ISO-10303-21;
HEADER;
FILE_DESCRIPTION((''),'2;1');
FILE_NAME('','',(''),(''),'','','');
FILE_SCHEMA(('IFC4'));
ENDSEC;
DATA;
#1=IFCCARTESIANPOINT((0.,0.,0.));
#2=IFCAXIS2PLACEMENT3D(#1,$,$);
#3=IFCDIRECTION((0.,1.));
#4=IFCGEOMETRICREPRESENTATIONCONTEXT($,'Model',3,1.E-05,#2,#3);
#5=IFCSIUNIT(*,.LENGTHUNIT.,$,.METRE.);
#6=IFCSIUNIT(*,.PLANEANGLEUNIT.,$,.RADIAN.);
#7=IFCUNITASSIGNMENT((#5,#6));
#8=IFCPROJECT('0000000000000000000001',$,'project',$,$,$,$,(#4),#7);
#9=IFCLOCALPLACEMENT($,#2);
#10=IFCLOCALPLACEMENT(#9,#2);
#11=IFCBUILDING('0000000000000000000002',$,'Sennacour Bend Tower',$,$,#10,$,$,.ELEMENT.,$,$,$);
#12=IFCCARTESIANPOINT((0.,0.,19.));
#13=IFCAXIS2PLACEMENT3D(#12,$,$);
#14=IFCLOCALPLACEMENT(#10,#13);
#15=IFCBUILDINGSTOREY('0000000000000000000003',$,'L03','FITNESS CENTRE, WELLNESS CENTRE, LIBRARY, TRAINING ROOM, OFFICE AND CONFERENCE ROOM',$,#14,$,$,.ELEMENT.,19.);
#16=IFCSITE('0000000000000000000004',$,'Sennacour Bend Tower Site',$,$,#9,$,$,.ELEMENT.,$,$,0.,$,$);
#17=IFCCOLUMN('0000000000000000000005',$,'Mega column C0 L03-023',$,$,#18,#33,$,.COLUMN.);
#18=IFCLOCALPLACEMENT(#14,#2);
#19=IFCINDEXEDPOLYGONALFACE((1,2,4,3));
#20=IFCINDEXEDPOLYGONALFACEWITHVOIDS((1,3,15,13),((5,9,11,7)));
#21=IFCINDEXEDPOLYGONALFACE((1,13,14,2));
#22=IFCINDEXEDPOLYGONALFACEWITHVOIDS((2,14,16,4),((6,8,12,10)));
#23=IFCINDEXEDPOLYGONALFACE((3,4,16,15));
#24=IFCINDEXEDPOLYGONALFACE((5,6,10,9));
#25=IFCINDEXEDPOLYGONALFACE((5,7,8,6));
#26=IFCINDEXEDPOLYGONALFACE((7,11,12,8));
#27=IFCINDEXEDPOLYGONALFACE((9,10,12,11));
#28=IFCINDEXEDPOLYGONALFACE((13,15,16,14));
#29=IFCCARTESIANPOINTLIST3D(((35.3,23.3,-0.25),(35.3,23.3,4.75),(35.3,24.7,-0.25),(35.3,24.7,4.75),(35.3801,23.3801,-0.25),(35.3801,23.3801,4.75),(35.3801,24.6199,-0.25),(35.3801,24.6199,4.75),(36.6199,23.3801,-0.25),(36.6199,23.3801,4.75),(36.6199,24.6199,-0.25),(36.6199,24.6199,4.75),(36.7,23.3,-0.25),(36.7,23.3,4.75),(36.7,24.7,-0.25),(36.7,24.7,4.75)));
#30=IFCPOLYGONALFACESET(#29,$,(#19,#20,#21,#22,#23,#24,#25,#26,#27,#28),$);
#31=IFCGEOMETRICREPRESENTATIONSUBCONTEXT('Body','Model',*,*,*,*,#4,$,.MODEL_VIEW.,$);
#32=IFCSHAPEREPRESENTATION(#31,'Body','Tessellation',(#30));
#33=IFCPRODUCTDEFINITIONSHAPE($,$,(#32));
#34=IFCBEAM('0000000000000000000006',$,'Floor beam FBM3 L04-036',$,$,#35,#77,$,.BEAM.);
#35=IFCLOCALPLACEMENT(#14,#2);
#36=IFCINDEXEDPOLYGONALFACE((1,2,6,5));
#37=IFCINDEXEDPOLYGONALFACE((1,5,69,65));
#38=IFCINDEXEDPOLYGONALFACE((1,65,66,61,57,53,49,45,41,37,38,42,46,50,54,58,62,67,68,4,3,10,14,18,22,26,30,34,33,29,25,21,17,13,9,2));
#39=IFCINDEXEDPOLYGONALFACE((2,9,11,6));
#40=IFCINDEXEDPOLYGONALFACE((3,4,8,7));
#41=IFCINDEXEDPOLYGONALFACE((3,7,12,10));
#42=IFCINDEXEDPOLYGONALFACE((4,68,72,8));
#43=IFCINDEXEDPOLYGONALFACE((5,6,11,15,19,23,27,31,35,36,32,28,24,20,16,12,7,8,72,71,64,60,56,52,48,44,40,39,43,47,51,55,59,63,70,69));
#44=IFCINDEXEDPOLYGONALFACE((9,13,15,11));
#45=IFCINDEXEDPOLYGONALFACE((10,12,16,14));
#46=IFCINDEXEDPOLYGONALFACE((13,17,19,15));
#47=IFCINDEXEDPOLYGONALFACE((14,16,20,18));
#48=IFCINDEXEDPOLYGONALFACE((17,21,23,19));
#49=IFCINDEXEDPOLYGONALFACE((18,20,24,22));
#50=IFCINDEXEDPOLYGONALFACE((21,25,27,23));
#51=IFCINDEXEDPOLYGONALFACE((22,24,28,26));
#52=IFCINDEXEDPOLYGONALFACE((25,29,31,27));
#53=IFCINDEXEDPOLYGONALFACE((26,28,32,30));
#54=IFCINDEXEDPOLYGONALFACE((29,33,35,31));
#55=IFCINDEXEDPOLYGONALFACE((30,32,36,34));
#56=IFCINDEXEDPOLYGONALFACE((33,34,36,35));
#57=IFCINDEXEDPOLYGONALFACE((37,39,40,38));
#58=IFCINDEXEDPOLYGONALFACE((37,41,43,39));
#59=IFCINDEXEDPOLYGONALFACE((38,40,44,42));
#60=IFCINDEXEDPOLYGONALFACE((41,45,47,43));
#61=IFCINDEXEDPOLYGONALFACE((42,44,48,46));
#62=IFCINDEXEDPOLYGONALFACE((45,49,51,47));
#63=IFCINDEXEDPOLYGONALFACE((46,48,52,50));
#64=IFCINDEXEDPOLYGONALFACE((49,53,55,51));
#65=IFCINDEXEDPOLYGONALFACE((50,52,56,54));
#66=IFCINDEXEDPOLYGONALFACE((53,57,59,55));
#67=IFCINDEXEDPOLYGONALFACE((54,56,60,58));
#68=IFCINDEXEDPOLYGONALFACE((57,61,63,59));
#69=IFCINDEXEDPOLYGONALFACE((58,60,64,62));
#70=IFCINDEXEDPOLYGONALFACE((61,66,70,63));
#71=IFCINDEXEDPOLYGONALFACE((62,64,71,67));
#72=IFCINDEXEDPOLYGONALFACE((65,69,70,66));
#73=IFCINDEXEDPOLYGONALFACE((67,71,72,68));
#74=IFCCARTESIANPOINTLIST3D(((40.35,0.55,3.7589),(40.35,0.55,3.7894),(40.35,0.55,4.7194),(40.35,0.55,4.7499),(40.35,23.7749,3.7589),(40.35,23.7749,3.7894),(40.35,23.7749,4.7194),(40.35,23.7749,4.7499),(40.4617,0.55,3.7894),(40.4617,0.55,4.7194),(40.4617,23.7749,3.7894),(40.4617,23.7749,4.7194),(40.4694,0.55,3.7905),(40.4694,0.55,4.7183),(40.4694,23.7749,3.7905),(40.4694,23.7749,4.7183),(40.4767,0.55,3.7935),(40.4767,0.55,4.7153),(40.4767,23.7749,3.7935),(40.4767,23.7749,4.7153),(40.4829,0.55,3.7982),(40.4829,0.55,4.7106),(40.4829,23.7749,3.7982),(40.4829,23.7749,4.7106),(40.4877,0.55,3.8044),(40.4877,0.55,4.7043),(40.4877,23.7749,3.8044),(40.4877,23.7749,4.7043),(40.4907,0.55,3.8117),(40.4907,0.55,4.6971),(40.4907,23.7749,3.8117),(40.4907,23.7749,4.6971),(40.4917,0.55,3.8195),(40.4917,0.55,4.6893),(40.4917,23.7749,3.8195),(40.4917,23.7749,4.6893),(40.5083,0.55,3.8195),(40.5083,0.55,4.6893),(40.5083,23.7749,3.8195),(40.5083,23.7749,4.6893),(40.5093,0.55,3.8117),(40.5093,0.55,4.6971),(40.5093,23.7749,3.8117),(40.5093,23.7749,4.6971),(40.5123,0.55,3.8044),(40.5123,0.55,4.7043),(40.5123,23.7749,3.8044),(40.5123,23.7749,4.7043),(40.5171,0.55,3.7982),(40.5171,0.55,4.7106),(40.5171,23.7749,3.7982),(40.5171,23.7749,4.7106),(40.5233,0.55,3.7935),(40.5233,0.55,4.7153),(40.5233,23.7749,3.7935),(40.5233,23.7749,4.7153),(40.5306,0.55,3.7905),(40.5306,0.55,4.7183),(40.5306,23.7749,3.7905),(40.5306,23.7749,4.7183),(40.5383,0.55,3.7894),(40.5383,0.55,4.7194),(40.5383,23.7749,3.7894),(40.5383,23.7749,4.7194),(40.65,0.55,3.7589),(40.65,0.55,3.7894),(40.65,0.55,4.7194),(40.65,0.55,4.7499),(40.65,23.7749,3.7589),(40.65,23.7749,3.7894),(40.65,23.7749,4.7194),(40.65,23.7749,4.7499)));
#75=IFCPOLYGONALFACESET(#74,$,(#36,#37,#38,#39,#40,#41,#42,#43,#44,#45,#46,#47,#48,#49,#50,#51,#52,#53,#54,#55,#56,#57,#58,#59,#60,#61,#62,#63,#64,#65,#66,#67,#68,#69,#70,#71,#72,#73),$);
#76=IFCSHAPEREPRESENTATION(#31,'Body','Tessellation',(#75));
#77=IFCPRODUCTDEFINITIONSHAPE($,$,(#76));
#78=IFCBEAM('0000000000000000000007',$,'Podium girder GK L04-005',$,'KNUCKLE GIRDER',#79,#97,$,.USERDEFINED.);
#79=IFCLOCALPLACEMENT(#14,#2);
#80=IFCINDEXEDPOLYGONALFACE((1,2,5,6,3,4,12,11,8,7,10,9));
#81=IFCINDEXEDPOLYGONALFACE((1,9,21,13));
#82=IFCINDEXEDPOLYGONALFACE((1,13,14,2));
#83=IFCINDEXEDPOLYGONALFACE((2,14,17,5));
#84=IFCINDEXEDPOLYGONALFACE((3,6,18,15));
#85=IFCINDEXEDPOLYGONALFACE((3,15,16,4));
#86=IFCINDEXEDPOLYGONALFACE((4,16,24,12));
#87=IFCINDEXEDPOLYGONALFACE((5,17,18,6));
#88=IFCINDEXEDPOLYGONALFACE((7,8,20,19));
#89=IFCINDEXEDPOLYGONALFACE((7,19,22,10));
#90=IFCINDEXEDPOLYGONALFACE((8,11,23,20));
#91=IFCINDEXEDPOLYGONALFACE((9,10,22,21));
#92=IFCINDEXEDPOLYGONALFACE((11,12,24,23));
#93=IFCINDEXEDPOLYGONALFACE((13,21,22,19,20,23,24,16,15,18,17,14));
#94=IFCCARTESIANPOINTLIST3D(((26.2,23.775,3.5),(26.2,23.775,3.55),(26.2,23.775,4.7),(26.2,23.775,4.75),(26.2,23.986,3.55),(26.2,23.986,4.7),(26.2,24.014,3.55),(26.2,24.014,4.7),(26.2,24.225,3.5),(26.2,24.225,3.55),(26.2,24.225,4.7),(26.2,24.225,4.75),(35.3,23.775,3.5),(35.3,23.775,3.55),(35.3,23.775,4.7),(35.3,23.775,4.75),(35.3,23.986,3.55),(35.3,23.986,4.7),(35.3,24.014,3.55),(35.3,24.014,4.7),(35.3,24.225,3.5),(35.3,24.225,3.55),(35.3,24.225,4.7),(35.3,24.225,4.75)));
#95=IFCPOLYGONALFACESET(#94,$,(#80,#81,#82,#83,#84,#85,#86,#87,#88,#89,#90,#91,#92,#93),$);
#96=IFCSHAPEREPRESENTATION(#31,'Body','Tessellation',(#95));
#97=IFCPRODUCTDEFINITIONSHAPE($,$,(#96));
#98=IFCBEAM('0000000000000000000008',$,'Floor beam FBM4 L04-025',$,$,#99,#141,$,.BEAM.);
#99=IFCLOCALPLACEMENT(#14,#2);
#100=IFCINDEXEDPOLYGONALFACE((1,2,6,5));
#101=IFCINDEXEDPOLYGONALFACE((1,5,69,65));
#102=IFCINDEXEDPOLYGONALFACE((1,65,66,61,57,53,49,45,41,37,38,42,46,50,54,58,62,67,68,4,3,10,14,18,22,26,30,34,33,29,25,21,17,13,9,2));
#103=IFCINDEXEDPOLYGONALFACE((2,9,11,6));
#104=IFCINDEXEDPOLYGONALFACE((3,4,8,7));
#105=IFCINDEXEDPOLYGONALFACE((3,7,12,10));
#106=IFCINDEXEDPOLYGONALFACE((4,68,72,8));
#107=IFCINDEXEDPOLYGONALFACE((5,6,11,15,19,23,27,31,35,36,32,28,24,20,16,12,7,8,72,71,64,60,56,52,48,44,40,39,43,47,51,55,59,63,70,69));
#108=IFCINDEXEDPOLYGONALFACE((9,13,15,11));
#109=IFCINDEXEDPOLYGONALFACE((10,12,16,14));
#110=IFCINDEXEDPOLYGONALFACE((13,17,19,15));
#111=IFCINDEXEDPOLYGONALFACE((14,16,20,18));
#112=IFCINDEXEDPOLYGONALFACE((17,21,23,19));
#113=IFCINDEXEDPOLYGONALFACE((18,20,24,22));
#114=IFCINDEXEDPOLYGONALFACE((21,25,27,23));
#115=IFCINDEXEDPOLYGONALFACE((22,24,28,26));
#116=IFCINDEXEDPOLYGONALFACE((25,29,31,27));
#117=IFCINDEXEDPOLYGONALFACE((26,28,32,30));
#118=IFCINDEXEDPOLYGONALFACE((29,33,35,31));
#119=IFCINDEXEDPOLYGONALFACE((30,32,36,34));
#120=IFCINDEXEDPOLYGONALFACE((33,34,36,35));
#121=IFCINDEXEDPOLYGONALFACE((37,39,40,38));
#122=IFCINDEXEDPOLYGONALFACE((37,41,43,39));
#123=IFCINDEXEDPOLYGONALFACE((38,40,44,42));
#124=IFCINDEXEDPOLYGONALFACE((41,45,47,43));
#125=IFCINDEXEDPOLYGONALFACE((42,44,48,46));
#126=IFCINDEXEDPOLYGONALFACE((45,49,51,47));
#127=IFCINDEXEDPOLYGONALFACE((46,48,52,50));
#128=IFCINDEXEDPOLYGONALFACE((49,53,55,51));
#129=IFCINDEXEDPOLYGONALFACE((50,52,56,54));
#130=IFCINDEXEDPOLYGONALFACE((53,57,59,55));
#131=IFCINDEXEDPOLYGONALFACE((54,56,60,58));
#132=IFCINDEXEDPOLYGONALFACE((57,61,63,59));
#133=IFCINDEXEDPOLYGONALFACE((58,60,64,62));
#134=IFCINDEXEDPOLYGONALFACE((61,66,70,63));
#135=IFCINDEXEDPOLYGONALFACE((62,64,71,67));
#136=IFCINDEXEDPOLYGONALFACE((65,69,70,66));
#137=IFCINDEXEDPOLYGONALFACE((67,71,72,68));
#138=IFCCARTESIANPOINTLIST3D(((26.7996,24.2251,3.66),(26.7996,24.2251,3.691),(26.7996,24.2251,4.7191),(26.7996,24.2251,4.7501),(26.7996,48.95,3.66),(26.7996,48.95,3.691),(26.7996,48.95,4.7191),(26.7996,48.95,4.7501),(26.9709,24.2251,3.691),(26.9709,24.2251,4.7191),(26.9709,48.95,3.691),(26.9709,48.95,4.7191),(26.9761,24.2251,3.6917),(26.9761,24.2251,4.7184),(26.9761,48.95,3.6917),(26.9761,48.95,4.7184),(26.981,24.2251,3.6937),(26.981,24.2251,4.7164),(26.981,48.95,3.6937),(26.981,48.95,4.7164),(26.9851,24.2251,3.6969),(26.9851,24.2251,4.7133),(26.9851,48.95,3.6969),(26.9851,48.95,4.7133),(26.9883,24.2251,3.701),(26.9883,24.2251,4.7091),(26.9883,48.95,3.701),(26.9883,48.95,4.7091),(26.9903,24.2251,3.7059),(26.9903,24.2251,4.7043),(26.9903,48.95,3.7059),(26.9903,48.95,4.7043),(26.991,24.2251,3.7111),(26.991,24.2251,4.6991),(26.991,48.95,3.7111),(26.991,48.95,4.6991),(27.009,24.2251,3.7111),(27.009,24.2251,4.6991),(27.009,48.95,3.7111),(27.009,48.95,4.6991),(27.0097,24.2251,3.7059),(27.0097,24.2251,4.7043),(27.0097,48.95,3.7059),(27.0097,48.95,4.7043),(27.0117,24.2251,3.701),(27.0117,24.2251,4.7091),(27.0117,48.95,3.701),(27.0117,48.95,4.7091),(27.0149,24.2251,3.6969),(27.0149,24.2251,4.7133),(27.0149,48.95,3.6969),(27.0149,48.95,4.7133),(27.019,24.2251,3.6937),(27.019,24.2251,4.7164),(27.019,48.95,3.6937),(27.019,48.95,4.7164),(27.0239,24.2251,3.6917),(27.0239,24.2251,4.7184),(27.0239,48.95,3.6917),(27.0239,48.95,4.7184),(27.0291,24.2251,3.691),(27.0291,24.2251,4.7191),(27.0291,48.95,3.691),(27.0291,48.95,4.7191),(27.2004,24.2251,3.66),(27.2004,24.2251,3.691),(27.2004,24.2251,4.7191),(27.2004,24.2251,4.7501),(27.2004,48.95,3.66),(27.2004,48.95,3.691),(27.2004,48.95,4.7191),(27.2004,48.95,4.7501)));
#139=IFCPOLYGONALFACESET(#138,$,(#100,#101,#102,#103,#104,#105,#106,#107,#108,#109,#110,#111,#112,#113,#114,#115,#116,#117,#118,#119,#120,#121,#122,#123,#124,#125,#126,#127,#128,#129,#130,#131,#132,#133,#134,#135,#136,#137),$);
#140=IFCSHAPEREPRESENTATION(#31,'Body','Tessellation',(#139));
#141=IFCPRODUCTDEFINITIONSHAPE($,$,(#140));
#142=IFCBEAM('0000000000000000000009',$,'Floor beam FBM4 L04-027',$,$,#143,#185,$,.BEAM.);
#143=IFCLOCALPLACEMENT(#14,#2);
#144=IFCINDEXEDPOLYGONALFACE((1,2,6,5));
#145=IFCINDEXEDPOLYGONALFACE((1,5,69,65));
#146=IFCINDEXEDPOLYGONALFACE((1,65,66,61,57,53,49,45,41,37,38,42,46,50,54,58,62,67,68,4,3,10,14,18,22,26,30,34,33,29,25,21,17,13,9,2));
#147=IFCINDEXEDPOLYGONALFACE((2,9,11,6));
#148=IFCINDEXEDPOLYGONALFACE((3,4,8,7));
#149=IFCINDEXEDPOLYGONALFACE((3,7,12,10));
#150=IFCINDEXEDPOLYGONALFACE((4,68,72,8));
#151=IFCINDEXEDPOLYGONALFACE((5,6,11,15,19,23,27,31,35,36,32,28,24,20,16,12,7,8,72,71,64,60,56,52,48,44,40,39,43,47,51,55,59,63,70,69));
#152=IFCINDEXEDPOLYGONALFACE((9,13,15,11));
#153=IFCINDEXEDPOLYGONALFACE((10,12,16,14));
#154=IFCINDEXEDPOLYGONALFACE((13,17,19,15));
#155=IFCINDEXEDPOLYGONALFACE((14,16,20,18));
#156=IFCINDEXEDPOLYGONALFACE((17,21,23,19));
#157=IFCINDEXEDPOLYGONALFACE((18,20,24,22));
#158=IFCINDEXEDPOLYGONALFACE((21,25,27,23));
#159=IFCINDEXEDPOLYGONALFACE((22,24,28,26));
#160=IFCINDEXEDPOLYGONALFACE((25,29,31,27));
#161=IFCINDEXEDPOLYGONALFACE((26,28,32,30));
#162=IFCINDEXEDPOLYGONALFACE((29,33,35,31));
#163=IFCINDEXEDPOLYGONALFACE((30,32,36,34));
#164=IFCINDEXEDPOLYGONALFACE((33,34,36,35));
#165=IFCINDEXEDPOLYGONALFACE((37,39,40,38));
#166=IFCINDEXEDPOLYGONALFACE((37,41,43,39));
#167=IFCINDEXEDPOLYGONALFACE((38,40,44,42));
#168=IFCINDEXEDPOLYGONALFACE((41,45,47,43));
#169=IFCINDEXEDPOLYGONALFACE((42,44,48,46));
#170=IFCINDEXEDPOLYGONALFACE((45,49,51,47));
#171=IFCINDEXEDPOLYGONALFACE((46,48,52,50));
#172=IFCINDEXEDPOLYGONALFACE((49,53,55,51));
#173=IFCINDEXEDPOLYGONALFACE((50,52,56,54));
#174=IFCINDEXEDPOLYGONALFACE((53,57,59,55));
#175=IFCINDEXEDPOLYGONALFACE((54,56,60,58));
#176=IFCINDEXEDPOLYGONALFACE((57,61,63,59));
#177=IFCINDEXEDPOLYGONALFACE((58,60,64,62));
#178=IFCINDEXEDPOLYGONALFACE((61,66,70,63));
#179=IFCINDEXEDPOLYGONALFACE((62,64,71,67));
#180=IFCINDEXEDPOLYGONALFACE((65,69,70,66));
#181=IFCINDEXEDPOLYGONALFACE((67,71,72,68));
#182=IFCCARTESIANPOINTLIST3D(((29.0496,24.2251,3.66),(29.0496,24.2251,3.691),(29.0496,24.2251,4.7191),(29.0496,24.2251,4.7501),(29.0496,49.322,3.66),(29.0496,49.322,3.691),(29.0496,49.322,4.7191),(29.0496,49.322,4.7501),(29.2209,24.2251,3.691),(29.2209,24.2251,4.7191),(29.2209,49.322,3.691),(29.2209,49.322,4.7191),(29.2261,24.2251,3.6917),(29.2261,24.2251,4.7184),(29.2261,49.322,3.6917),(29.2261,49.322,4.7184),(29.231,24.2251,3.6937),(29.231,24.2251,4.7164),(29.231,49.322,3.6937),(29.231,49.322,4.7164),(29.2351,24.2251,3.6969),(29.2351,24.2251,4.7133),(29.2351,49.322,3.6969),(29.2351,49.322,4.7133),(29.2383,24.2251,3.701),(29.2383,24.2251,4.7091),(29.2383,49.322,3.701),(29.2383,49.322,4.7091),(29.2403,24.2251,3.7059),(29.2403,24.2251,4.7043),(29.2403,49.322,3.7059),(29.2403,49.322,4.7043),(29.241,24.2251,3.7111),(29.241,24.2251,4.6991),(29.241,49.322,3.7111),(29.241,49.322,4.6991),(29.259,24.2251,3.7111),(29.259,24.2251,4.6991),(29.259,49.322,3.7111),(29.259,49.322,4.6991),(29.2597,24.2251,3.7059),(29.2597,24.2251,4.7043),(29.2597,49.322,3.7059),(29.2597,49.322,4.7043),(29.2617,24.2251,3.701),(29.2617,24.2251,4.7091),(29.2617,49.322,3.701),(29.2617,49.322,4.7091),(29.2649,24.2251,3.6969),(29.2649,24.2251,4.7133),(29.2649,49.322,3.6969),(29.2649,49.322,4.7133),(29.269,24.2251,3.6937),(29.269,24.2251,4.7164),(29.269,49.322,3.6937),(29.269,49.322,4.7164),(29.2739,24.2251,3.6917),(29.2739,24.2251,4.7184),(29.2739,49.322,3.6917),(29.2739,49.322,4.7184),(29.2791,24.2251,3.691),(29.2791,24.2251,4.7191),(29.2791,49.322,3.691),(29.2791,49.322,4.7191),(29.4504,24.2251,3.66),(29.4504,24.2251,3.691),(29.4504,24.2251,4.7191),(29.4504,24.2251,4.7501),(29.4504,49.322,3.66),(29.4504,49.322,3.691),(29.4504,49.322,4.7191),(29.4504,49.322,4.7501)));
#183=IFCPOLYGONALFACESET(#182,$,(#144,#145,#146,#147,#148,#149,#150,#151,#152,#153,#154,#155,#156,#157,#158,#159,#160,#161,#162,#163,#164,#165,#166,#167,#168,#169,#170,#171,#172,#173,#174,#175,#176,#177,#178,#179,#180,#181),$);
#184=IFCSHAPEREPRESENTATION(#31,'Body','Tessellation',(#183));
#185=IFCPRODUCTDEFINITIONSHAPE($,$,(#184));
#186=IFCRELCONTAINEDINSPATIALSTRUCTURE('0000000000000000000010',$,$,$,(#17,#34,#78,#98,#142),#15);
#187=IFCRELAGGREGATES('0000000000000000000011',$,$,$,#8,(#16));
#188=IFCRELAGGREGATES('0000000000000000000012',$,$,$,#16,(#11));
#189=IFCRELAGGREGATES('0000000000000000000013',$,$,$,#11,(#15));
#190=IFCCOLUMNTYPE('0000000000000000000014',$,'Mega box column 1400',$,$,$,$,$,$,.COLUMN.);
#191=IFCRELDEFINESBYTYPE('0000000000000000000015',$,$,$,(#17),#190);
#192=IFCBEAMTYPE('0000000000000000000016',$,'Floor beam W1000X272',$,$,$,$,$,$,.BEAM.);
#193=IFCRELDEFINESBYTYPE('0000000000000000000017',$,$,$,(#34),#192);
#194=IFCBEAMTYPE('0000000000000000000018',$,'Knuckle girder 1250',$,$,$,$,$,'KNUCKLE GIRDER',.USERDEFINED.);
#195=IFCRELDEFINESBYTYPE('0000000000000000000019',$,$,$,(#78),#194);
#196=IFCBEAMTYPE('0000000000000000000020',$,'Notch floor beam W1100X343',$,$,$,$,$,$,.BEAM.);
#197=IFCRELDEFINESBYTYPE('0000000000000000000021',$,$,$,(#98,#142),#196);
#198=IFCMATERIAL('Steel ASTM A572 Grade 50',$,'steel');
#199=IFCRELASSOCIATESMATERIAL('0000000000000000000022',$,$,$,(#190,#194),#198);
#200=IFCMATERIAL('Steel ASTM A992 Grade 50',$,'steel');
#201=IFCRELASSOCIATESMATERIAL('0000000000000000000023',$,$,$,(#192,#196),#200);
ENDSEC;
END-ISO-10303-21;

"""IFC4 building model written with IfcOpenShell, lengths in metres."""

from ifc_helpers import new_model, si_unit, direction, frame, origin, origin_2d, place, context, subcontext, project, spatial, hollow_rectangle, i_section, extrude, material, material_profile, profile_set, type_object, element, save


model = new_model("IFC4")

# Units and contexts
model_context = context("Model", 3, precision=1e-05, world=origin(), true_north=direction((0.0, 1.0)))
body_context = subcontext(model_context, "Body", "Model", "MODEL_VIEW")
ifc_project = project(units=[si_unit("LENGTHUNIT", "METRE"), si_unit("PLANEANGLEUNIT", "RADIAN")], contexts=[model_context])

# Site, building, storey
site_placement = place(None, origin())
site = spatial("IfcSite", under=ifc_project, at=site_placement, Name="Sennacour Bend Tower Site", CompositionType="ELEMENT", RefElevation=0.0)
building_placement = place(site_placement, origin())
building = spatial("IfcBuilding", under=site, at=building_placement, Name="Sennacour Bend Tower", CompositionType="ELEMENT")
storey_placement = place(building_placement, frame((0.0, 0.0, 19.0)))
storey = spatial("IfcBuildingStorey", under=building, at=storey_placement, Name="L03", Description="FITNESS CENTRE, WELLNESS CENTRE, LIBRARY, TRAINING ROOM, OFFICE AND CONFERENCE ROOM", CompositionType="ELEMENT", Elevation=19.0)

# Column
ifc_material_1 = material(Name="Steel ASTM A572 Grade 50", Category="steel")
ifc_material_profile_1 = material_profile(ifc_material_1, hollow_rectangle(XDim=1.3999, YDim=1.3999, WallThickness=0.0801, at=origin_2d()), Name="Steel ASTM A572 Grade 50", Category="steel")
ifc_profile_set_1 = profile_set([ifc_material_profile_1], Name="Steel ASTM A572 Grade 50")
column_type = type_object("IfcColumnType", Name="Mega box column 1400", PredefinedType="COLUMN", material=ifc_profile_set_1)
column_placement = place(storey_placement, frame((36.0, 24.0, -0.25), z_axis=(0.0, 0.0, 1.0), x_axis=(1.0, 0.0, 0.0)))
element("IfcColumn", 1, at=column_placement, inside=storey, type_object=column_type, Name="Mega column C0 L03-023", PredefinedType="COLUMN", context=body_context, shape_type="SweptSolid", body=[
    extrude(hollow_rectangle(XDim=1.3999, YDim=1.3999, WallThickness=0.0801, at=origin_2d()), origin(), (0.0, 0.0, 1.0), 5.0),
])

# Beams
ifc_material_2 = material(Name="Steel ASTM A992 Grade 50", Category="steel")
ifc_material_profile_2 = material_profile(ifc_material_2, i_section(OverallWidth=0.3, OverallDepth=0.991, WebThickness=0.0166, FlangeThickness=0.0305, FilletRadius=0.03, at=origin_2d()), Name="Steel ASTM A992 Grade 50", Category="steel")
ifc_profile_set_2 = profile_set([ifc_material_profile_2], Name="Steel ASTM A992 Grade 50")
beam_type_1 = type_object("IfcBeamType", Name="Floor beam W1000X272", PredefinedType="BEAM", material=ifc_profile_set_2)
beam_1_placement = place(storey_placement, frame((40.5, 0.55, 4.2544), z_axis=(0.0, 1.0, 0.0), x_axis=(-1.0, 0.0, 0.0)))
element("IfcBeam", 2, at=beam_1_placement, inside=storey, type_object=beam_type_1, Name="Floor beam FBM3 L04-036", PredefinedType="BEAM", context=body_context, shape_type="SweptSolid", body=[
    extrude(i_section(OverallWidth=0.3, OverallDepth=0.991, WebThickness=0.0166, FlangeThickness=0.0305, FilletRadius=0.03, at=origin_2d()), origin(), (0.0, 0.0, 1.0), 23.2249),
])
ifc_material_profile_3 = material_profile(ifc_material_1, i_section(OverallWidth=0.45, OverallDepth=1.25, WebThickness=0.0281, FlangeThickness=0.05, at=origin_2d()), Name="Steel ASTM A572 Grade 50", Category="steel")
ifc_profile_set_3 = profile_set([ifc_material_profile_3], Name="Steel ASTM A572 Grade 50")
beam_type_2 = type_object("IfcBeamType", Name="Knuckle girder 1250", ElementType="KNUCKLE GIRDER", PredefinedType="USERDEFINED", material=ifc_profile_set_3)
beam_2_placement = place(storey_placement, frame((35.3, 24.0, 4.125), z_axis=(-1.0, 0.0, 0.0), x_axis=(0.0, -1.0, 0.0)))
element("IfcBeam", 3, at=beam_2_placement, inside=storey, type_object=beam_type_2, Name="Podium girder GK L04-005", ObjectType="KNUCKLE GIRDER", PredefinedType="USERDEFINED", context=body_context, shape_type="SweptSolid", body=[
    extrude(i_section(OverallWidth=0.45, OverallDepth=1.25, WebThickness=0.0281, FlangeThickness=0.05, at=origin_2d()), origin(), (0.0, 0.0, 1.0), 9.1001),
])
ifc_material_profile_4 = material_profile(ifc_material_2, i_section(OverallWidth=0.4009, OverallDepth=1.0901, WebThickness=0.0181, FlangeThickness=0.031, FilletRadius=0.02, at=origin_2d()), Name="Steel ASTM A992 Grade 50", Category="steel")
ifc_profile_set_4 = profile_set([ifc_material_profile_4], Name="Steel ASTM A992 Grade 50")
beam_type_3 = type_object("IfcBeamType", Name="Notch floor beam W1100X343", PredefinedType="BEAM", material=ifc_profile_set_4)
beam_3_placement = place(storey_placement, frame((27.0, 24.2251, 4.2051), z_axis=(0.0, 1.0, 0.0), x_axis=(-1.0, 0.0, 0.0)))
element("IfcBeam", 4, at=beam_3_placement, inside=storey, type_object=beam_type_3, Name="Floor beam FBM4 L04-025", PredefinedType="BEAM", context=body_context, shape_type="SweptSolid", body=[
    extrude(i_section(OverallWidth=0.4009, OverallDepth=1.0901, WebThickness=0.0181, FlangeThickness=0.031, FilletRadius=0.02, at=origin_2d()), origin(), (0.0, 0.0, 1.0), 24.7249),
])
beam_4_placement = place(storey_placement, frame((29.25, 24.2251, 4.2051), z_axis=(0.0, 1.0, 0.0), x_axis=(-1.0, 0.0, 0.0)))
element("IfcBeam", 5, at=beam_4_placement, inside=storey, type_object=beam_type_3, Name="Floor beam FBM4 L04-027", PredefinedType="BEAM", context=body_context, shape_type="SweptSolid", body=[
    extrude(i_section(OverallWidth=0.4009, OverallDepth=1.0901, WebThickness=0.0181, FlangeThickness=0.031, FilletRadius=0.02, at=origin_2d()), origin(), (0.0, 0.0, 1.0), 25.0969),
])

save(model, "model.ifc")
